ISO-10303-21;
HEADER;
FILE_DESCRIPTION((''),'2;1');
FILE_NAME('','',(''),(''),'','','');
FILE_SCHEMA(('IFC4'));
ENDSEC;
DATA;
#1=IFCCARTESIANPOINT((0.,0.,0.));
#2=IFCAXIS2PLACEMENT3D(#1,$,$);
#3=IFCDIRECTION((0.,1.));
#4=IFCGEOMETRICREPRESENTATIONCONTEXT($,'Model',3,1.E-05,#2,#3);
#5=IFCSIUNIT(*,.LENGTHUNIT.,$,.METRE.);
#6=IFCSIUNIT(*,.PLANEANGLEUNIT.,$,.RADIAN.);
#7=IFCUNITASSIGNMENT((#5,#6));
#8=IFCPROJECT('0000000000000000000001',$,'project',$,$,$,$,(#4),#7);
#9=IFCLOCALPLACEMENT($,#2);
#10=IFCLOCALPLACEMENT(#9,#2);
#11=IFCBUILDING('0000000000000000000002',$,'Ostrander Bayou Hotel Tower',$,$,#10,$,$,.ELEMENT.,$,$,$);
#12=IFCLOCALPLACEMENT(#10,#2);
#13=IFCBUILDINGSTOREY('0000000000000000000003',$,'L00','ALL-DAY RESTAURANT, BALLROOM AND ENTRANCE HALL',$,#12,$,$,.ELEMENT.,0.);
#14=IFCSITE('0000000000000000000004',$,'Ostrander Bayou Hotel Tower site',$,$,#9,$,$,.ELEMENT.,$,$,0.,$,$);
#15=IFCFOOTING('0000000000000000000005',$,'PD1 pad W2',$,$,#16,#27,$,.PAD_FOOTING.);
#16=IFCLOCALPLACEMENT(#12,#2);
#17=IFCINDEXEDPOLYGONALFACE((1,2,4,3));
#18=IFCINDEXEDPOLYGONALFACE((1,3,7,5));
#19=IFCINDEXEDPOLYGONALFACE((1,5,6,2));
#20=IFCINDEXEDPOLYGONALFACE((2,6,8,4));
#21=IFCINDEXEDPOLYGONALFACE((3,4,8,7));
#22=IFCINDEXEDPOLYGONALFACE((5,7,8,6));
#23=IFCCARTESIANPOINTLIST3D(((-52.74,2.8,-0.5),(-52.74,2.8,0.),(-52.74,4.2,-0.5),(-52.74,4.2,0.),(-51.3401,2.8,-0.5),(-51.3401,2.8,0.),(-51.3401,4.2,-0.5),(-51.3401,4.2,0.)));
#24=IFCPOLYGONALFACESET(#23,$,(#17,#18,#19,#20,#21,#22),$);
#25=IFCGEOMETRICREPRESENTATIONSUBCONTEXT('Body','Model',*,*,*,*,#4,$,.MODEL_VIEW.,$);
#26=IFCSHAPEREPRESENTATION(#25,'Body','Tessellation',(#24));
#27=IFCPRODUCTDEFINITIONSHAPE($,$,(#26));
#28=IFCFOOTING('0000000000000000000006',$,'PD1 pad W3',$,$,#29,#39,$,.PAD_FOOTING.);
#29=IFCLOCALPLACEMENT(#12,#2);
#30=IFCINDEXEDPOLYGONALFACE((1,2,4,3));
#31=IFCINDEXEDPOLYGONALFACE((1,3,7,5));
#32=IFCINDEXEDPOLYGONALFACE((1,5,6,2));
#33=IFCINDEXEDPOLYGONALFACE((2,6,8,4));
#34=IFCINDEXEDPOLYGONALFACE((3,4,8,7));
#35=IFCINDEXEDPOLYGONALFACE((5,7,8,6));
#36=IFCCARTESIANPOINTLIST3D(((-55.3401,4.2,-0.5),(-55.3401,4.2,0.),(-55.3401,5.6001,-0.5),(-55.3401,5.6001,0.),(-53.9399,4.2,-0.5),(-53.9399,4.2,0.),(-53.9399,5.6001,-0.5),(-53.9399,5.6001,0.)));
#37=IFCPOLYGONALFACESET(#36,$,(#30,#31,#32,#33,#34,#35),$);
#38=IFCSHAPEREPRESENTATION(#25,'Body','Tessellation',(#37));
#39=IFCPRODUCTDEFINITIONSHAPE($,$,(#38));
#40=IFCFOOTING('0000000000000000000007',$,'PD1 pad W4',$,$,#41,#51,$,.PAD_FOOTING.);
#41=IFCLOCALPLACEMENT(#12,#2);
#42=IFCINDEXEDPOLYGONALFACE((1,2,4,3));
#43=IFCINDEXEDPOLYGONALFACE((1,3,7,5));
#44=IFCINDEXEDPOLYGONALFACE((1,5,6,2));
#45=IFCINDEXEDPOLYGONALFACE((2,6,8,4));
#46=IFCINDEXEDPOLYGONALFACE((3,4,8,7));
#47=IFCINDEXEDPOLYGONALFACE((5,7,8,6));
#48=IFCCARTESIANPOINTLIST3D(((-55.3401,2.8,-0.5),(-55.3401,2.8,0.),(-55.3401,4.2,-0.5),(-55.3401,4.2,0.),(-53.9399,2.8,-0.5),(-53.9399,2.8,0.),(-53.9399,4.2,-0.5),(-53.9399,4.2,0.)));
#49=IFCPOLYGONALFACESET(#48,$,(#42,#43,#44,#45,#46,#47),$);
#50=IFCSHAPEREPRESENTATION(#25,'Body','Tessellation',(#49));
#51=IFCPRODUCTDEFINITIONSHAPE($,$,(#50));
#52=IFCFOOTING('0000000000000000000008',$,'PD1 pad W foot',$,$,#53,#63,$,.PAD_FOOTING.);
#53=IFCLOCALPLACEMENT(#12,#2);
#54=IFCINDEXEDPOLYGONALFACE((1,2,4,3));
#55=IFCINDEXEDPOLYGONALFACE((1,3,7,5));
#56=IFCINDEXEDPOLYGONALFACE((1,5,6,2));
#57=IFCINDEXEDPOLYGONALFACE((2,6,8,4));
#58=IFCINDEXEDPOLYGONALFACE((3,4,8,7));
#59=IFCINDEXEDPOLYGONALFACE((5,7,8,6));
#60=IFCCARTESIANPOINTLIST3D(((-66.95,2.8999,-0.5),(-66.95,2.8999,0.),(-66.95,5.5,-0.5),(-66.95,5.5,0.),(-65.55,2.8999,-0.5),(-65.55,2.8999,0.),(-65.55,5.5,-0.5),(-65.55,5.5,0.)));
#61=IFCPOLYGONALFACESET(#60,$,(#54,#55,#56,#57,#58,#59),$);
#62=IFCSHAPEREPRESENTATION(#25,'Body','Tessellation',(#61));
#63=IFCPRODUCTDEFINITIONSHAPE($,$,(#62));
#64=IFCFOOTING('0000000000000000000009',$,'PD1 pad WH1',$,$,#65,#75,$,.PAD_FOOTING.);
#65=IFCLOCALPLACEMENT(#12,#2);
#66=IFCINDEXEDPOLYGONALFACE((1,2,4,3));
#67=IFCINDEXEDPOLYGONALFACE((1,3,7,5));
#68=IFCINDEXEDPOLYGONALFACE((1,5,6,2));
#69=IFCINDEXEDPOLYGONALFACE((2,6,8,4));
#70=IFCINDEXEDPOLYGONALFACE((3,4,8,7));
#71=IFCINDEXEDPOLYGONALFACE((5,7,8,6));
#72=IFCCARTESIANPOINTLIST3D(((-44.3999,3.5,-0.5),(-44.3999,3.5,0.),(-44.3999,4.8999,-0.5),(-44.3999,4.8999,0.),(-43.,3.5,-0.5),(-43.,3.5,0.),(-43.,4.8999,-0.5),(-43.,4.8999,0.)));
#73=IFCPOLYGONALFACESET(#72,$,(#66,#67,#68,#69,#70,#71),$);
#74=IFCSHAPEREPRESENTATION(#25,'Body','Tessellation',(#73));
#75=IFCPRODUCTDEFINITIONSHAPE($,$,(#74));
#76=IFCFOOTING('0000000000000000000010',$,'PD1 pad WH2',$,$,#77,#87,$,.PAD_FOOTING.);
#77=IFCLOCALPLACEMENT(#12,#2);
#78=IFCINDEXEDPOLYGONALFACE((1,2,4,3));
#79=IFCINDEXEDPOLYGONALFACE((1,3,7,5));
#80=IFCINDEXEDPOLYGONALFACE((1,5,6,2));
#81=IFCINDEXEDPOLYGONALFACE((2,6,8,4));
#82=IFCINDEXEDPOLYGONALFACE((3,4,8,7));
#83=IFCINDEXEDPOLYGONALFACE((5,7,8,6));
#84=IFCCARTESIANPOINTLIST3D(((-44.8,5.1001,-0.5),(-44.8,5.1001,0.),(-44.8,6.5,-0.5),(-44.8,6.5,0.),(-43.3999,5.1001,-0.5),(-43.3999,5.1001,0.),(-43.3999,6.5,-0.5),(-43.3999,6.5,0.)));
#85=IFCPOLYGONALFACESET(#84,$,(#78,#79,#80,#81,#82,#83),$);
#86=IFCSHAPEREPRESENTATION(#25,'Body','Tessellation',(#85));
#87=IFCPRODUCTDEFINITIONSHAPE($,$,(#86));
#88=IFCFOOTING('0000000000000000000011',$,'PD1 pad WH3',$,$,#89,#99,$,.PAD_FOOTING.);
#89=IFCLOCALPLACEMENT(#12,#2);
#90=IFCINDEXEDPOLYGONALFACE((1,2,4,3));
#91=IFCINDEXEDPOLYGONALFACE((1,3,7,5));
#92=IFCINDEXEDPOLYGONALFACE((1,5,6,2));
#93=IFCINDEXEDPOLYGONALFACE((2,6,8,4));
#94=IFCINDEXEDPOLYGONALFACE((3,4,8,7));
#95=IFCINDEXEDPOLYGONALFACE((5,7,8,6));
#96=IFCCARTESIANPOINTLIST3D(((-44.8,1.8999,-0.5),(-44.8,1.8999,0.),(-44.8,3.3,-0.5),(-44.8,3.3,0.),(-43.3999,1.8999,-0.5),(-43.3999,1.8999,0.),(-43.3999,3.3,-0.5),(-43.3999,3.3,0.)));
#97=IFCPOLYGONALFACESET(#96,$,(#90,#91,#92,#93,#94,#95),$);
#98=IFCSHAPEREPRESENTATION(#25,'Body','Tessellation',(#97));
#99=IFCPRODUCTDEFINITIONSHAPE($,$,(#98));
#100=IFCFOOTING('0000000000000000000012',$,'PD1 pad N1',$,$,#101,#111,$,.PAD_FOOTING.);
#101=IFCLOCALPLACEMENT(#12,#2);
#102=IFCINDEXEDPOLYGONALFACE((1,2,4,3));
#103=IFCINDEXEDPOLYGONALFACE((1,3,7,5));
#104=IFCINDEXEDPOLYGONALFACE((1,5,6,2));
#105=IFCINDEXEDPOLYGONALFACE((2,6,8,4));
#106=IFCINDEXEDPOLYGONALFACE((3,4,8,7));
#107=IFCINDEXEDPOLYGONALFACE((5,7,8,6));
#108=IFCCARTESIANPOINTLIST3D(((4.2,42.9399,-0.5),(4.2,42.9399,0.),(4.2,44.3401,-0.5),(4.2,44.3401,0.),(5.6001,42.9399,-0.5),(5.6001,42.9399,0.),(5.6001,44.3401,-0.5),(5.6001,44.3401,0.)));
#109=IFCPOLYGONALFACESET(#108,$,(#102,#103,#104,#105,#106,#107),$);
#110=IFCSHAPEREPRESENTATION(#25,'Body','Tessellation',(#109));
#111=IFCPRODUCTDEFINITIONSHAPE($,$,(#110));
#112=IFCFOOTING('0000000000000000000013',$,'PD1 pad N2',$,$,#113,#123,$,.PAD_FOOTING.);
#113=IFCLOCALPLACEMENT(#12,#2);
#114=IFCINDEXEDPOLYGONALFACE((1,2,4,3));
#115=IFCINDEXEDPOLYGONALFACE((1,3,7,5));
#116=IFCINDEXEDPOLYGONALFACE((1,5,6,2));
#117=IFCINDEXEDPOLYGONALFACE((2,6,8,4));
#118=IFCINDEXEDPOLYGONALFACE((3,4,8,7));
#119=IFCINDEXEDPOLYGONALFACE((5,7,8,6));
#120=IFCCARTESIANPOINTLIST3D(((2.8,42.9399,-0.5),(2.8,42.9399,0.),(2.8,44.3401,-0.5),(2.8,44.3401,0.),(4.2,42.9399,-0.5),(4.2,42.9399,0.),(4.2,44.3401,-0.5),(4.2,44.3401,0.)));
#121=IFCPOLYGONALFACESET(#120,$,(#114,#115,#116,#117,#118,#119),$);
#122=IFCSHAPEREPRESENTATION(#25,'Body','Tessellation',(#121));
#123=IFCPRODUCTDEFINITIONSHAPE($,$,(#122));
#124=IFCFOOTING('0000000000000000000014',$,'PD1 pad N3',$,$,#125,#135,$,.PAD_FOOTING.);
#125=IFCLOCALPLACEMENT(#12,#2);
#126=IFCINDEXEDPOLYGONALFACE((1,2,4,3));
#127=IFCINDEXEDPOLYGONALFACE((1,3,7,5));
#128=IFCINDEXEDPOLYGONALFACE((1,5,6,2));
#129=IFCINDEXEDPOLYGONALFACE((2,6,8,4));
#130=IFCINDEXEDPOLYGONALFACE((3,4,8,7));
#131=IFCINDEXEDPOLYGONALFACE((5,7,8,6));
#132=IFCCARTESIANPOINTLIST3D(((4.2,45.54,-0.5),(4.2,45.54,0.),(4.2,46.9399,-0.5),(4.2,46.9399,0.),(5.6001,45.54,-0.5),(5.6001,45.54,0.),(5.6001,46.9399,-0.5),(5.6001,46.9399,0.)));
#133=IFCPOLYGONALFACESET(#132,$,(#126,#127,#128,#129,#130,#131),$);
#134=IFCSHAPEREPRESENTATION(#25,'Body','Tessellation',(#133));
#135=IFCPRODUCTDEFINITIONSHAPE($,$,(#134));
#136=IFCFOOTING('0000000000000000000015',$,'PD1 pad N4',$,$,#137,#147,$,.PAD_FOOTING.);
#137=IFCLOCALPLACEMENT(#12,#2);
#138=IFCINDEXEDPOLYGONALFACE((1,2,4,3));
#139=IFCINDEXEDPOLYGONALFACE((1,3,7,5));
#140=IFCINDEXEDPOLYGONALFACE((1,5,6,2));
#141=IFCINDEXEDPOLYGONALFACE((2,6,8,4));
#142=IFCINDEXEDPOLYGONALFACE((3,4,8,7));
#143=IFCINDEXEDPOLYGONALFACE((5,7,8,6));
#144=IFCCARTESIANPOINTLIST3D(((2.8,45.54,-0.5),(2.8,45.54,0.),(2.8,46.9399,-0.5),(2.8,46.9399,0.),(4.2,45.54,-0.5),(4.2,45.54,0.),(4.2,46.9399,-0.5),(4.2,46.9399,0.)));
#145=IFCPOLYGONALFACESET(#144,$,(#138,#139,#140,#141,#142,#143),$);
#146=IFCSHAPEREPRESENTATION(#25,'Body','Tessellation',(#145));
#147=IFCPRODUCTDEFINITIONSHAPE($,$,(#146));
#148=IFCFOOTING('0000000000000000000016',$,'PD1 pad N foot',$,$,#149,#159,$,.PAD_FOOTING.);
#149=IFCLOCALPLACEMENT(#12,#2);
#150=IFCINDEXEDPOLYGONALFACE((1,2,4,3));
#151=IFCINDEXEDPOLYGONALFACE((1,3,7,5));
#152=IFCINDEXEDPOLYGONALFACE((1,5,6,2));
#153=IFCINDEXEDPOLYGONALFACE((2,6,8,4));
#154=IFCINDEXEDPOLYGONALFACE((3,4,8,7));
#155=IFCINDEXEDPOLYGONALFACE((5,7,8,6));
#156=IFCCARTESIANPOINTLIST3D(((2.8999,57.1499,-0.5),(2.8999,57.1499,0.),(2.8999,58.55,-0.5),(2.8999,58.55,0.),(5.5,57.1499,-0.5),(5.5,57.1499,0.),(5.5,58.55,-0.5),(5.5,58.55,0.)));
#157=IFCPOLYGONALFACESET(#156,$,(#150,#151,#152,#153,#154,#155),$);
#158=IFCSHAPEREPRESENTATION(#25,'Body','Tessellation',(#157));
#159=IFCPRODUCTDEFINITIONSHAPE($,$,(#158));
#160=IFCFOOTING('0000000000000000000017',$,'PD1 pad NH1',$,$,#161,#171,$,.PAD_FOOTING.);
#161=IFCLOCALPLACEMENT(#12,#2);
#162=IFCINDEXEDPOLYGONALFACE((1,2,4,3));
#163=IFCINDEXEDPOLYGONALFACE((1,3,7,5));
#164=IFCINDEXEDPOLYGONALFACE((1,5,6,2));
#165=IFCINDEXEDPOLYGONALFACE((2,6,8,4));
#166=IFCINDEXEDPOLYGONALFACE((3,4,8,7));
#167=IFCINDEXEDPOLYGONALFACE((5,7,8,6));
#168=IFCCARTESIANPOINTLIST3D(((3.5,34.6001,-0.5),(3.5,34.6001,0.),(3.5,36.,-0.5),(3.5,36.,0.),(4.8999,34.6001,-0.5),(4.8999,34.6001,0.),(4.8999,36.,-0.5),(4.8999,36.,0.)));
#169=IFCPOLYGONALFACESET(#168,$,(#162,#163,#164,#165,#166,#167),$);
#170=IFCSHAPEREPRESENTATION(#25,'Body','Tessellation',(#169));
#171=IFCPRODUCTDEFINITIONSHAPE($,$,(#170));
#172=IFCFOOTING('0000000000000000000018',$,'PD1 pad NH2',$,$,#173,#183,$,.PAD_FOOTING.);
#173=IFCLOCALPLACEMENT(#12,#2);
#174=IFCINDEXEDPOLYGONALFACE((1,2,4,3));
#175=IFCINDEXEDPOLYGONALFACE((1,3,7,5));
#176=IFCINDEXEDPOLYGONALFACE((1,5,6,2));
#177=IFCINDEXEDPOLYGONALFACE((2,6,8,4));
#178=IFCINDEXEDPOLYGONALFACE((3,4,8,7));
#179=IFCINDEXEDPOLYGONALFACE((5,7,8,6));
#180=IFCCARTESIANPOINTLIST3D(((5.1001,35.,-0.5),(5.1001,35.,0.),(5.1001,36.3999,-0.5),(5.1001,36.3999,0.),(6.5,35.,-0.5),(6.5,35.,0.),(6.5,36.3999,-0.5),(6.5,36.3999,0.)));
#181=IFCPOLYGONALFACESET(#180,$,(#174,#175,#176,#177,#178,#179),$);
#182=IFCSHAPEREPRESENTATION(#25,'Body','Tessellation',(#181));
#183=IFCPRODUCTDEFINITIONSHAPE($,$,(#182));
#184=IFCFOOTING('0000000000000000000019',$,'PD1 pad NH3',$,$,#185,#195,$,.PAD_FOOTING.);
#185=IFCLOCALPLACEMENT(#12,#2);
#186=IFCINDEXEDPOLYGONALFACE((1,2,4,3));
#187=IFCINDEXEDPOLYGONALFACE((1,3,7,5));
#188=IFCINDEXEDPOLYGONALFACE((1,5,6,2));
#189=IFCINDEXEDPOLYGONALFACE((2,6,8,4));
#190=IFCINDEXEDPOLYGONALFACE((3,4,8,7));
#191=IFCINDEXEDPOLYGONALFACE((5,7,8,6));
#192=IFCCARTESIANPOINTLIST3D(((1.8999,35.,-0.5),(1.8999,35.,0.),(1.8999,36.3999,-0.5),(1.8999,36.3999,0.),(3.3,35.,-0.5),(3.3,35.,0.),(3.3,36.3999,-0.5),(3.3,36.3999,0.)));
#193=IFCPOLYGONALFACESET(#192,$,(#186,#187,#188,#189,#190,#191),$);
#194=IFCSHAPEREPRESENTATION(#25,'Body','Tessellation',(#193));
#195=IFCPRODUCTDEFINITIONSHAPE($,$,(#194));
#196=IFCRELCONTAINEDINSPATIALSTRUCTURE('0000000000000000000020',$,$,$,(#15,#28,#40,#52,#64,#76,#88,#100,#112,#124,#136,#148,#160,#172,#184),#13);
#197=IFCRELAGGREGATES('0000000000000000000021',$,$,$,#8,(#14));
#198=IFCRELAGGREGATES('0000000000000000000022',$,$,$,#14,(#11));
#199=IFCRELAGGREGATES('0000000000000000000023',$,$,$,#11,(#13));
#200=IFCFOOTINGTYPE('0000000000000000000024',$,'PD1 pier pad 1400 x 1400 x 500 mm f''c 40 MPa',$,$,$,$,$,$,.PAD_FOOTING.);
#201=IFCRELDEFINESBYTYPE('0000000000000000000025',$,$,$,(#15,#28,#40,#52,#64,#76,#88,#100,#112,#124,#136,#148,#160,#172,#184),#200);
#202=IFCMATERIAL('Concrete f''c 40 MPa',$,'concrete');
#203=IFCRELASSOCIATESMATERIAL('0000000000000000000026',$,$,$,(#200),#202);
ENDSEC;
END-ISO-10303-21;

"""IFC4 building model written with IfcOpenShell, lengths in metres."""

from ifc_helpers import new_model, si_unit, direction, frame, origin, place, context, subcontext, project, spatial, polyline, outline, extrude, material, type_object, element, save


model = new_model("IFC4")

# Units and contexts
model_context = context("Model", 3, precision=1e-05, world=origin(), true_north=direction((0.0, 1.0)))
body_context = subcontext(model_context, "Body", "Model", "MODEL_VIEW")
ifc_project = project(units=[si_unit("LENGTHUNIT", "METRE"), si_unit("PLANEANGLEUNIT", "RADIAN")], contexts=[model_context])

# Site, building, storey
site_placement = place(None, origin())
site = spatial("IfcSite", under=ifc_project, at=site_placement, Name="Ostrander Bayou Hotel Tower site", CompositionType="ELEMENT", RefElevation=0.0)
building_placement = place(site_placement, origin())
building = spatial("IfcBuilding", under=site, at=building_placement, Name="Ostrander Bayou Hotel Tower", CompositionType="ELEMENT")
storey_placement = place(building_placement, origin())
storey = spatial("IfcBuildingStorey", under=building, at=storey_placement, Name="L00", Description="ALL-DAY RESTAURANT, BALLROOM AND ENTRANCE HALL", CompositionType="ELEMENT", Elevation=0.0)

# Footings
ifc_material_1 = material(Name="Concrete f'c 40 MPa", Category="concrete")
footing_type = type_object("IfcFootingType", Name="PD1 pier pad 1400 x 1400 x 500 mm f'c 40 MPa", PredefinedType="PAD_FOOTING", material=ifc_material_1)
footing_1_placement = place(storey_placement, frame((0.0, 0.0, -0.5)))
element("IfcFooting", 1, at=footing_1_placement, inside=storey, type_object=footing_type, Name="PD1 pad W2", PredefinedType="PAD_FOOTING", context=body_context, shape_type="SweptSolid", body=[
    extrude(outline(polyline([(-51.3401, 2.8), (-51.3401, 4.2), (-52.74, 4.2), (-52.74, 2.8), (-51.3401, 2.8)])), origin(), (0.0, 0.0, 1.0), 0.5),
])
footing_2_placement = place(storey_placement, frame((0.0, 0.0, -0.5)))
element("IfcFooting", 2, at=footing_2_placement, inside=storey, type_object=footing_type, Name="PD1 pad W3", PredefinedType="PAD_FOOTING", context=body_context, shape_type="SweptSolid", body=[
    extrude(outline(polyline([(-53.9399, 4.2), (-53.9399, 5.6001), (-55.3401, 5.6001), (-55.3401, 4.2), (-53.9399, 4.2)])), origin(), (0.0, 0.0, 1.0), 0.5),
])
footing_3_placement = place(storey_placement, frame((0.0, 0.0, -0.5)))
element("IfcFooting", 3, at=footing_3_placement, inside=storey, type_object=footing_type, Name="PD1 pad W4", PredefinedType="PAD_FOOTING", context=body_context, shape_type="SweptSolid", body=[
    extrude(outline(polyline([(-53.9399, 2.8), (-53.9399, 4.2), (-55.3401, 4.2), (-55.3401, 2.8), (-53.9399, 2.8)])), origin(), (0.0, 0.0, 1.0), 0.5),
])
footing_4_placement = place(storey_placement, frame((0.0, 0.0, -0.5)))
element("IfcFooting", 4, at=footing_4_placement, inside=storey, type_object=footing_type, Name="PD1 pad W foot", PredefinedType="PAD_FOOTING", context=body_context, shape_type="SweptSolid", body=[
    extrude(outline(polyline([(-65.55, 2.8999), (-65.55, 5.5), (-66.95, 5.5), (-66.95, 2.8999), (-65.55, 2.8999)])), origin(), (0.0, 0.0, 1.0), 0.5),
])
footing_5_placement = place(storey_placement, frame((0.0, 0.0, -0.5)))
element("IfcFooting", 5, at=footing_5_placement, inside=storey, type_object=footing_type, Name="PD1 pad WH1", PredefinedType="PAD_FOOTING", context=body_context, shape_type="SweptSolid", body=[
    extrude(outline(polyline([(-43.0, 3.5), (-43.0, 4.8999), (-44.3999, 4.8999), (-44.3999, 3.5), (-43.0, 3.5)])), origin(), (0.0, 0.0, 1.0), 0.5),
])
footing_6_placement = place(storey_placement, frame((0.0, 0.0, -0.5)))
element("IfcFooting", 6, at=footing_6_placement, inside=storey, type_object=footing_type, Name="PD1 pad WH2", PredefinedType="PAD_FOOTING", context=body_context, shape_type="SweptSolid", body=[
    extrude(outline(polyline([(-43.3999, 5.1001), (-43.3999, 6.5), (-44.8, 6.5), (-44.8, 5.1001), (-43.3999, 5.1001)])), origin(), (0.0, 0.0, 1.0), 0.5),
])
footing_7_placement = place(storey_placement, frame((0.0, 0.0, -0.5)))
element("IfcFooting", 7, at=footing_7_placement, inside=storey, type_object=footing_type, Name="PD1 pad WH3", PredefinedType="PAD_FOOTING", context=body_context, shape_type="SweptSolid", body=[
    extrude(outline(polyline([(-43.3999, 1.8999), (-43.3999, 3.3), (-44.8, 3.3), (-44.8, 1.8999), (-43.3999, 1.8999)])), origin(), (0.0, 0.0, 1.0), 0.5),
])
footing_8_placement = place(storey_placement, frame((0.0, 0.0, -0.5)))
element("IfcFooting", 8, at=footing_8_placement, inside=storey, type_object=footing_type, Name="PD1 pad N1", PredefinedType="PAD_FOOTING", context=body_context, shape_type="SweptSolid", body=[
    extrude(outline(polyline([(5.6001, 42.9399), (5.6001, 44.3401), (4.2, 44.3401), (4.2, 42.9399), (5.6001, 42.9399)])), origin(), (0.0, 0.0, 1.0), 0.5),
])
footing_9_placement = place(storey_placement, frame((0.0, 0.0, -0.5)))
element("IfcFooting", 9, at=footing_9_placement, inside=storey, type_object=footing_type, Name="PD1 pad N2", PredefinedType="PAD_FOOTING", context=body_context, shape_type="SweptSolid", body=[
    extrude(outline(polyline([(4.2, 42.9399), (4.2, 44.3401), (2.8, 44.3401), (2.8, 42.9399), (4.2, 42.9399)])), origin(), (0.0, 0.0, 1.0), 0.5),
])
footing_10_placement = place(storey_placement, frame((0.0, 0.0, -0.5)))
element("IfcFooting", 10, at=footing_10_placement, inside=storey, type_object=footing_type, Name="PD1 pad N3", PredefinedType="PAD_FOOTING", context=body_context, shape_type="SweptSolid", body=[
    extrude(outline(polyline([(5.6001, 45.54), (5.6001, 46.9399), (4.2, 46.9399), (4.2, 45.54), (5.6001, 45.54)])), origin(), (0.0, 0.0, 1.0), 0.5),
])
footing_11_placement = place(storey_placement, frame((0.0, 0.0, -0.5)))
element("IfcFooting", 11, at=footing_11_placement, inside=storey, type_object=footing_type, Name="PD1 pad N4", PredefinedType="PAD_FOOTING", context=body_context, shape_type="SweptSolid", body=[
    extrude(outline(polyline([(4.2, 45.54), (4.2, 46.9399), (2.8, 46.9399), (2.8, 45.54), (4.2, 45.54)])), origin(), (0.0, 0.0, 1.0), 0.5),
])
footing_12_placement = place(storey_placement, frame((0.0, 0.0, -0.5)))
element("IfcFooting", 12, at=footing_12_placement, inside=storey, type_object=footing_type, Name="PD1 pad N foot", PredefinedType="PAD_FOOTING", context=body_context, shape_type="SweptSolid", body=[
    extrude(outline(polyline([(5.5, 57.1499), (5.5, 58.55), (2.8999, 58.55), (2.8999, 57.1499), (5.5, 57.1499)])), origin(), (0.0, 0.0, 1.0), 0.5),
])
footing_13_placement = place(storey_placement, frame((0.0, 0.0, -0.5)))
element("IfcFooting", 13, at=footing_13_placement, inside=storey, type_object=footing_type, Name="PD1 pad NH1", PredefinedType="PAD_FOOTING", context=body_context, shape_type="SweptSolid", body=[
    extrude(outline(polyline([(4.8999, 34.6001), (4.8999, 36.0), (3.5, 36.0), (3.5, 34.6001), (4.8999, 34.6001)])), origin(), (0.0, 0.0, 1.0), 0.5),
])
footing_14_placement = place(storey_placement, frame((0.0, 0.0, -0.5)))
element("IfcFooting", 14, at=footing_14_placement, inside=storey, type_object=footing_type, Name="PD1 pad NH2", PredefinedType="PAD_FOOTING", context=body_context, shape_type="SweptSolid", body=[
    extrude(outline(polyline([(6.5, 35.0), (6.5, 36.3999), (5.1001, 36.3999), (5.1001, 35.0), (6.5, 35.0)])), origin(), (0.0, 0.0, 1.0), 0.5),
])
footing_15_placement = place(storey_placement, frame((0.0, 0.0, -0.5)))
element("IfcFooting", 15, at=footing_15_placement, inside=storey, type_object=footing_type, Name="PD1 pad NH3", PredefinedType="PAD_FOOTING", context=body_context, shape_type="SweptSolid", body=[
    extrude(outline(polyline([(3.3, 35.0), (3.3, 36.3999), (1.8999, 36.3999), (1.8999, 35.0), (3.3, 35.0)])), origin(), (0.0, 0.0, 1.0), 0.5),
])

save(model, "model.ifc")
